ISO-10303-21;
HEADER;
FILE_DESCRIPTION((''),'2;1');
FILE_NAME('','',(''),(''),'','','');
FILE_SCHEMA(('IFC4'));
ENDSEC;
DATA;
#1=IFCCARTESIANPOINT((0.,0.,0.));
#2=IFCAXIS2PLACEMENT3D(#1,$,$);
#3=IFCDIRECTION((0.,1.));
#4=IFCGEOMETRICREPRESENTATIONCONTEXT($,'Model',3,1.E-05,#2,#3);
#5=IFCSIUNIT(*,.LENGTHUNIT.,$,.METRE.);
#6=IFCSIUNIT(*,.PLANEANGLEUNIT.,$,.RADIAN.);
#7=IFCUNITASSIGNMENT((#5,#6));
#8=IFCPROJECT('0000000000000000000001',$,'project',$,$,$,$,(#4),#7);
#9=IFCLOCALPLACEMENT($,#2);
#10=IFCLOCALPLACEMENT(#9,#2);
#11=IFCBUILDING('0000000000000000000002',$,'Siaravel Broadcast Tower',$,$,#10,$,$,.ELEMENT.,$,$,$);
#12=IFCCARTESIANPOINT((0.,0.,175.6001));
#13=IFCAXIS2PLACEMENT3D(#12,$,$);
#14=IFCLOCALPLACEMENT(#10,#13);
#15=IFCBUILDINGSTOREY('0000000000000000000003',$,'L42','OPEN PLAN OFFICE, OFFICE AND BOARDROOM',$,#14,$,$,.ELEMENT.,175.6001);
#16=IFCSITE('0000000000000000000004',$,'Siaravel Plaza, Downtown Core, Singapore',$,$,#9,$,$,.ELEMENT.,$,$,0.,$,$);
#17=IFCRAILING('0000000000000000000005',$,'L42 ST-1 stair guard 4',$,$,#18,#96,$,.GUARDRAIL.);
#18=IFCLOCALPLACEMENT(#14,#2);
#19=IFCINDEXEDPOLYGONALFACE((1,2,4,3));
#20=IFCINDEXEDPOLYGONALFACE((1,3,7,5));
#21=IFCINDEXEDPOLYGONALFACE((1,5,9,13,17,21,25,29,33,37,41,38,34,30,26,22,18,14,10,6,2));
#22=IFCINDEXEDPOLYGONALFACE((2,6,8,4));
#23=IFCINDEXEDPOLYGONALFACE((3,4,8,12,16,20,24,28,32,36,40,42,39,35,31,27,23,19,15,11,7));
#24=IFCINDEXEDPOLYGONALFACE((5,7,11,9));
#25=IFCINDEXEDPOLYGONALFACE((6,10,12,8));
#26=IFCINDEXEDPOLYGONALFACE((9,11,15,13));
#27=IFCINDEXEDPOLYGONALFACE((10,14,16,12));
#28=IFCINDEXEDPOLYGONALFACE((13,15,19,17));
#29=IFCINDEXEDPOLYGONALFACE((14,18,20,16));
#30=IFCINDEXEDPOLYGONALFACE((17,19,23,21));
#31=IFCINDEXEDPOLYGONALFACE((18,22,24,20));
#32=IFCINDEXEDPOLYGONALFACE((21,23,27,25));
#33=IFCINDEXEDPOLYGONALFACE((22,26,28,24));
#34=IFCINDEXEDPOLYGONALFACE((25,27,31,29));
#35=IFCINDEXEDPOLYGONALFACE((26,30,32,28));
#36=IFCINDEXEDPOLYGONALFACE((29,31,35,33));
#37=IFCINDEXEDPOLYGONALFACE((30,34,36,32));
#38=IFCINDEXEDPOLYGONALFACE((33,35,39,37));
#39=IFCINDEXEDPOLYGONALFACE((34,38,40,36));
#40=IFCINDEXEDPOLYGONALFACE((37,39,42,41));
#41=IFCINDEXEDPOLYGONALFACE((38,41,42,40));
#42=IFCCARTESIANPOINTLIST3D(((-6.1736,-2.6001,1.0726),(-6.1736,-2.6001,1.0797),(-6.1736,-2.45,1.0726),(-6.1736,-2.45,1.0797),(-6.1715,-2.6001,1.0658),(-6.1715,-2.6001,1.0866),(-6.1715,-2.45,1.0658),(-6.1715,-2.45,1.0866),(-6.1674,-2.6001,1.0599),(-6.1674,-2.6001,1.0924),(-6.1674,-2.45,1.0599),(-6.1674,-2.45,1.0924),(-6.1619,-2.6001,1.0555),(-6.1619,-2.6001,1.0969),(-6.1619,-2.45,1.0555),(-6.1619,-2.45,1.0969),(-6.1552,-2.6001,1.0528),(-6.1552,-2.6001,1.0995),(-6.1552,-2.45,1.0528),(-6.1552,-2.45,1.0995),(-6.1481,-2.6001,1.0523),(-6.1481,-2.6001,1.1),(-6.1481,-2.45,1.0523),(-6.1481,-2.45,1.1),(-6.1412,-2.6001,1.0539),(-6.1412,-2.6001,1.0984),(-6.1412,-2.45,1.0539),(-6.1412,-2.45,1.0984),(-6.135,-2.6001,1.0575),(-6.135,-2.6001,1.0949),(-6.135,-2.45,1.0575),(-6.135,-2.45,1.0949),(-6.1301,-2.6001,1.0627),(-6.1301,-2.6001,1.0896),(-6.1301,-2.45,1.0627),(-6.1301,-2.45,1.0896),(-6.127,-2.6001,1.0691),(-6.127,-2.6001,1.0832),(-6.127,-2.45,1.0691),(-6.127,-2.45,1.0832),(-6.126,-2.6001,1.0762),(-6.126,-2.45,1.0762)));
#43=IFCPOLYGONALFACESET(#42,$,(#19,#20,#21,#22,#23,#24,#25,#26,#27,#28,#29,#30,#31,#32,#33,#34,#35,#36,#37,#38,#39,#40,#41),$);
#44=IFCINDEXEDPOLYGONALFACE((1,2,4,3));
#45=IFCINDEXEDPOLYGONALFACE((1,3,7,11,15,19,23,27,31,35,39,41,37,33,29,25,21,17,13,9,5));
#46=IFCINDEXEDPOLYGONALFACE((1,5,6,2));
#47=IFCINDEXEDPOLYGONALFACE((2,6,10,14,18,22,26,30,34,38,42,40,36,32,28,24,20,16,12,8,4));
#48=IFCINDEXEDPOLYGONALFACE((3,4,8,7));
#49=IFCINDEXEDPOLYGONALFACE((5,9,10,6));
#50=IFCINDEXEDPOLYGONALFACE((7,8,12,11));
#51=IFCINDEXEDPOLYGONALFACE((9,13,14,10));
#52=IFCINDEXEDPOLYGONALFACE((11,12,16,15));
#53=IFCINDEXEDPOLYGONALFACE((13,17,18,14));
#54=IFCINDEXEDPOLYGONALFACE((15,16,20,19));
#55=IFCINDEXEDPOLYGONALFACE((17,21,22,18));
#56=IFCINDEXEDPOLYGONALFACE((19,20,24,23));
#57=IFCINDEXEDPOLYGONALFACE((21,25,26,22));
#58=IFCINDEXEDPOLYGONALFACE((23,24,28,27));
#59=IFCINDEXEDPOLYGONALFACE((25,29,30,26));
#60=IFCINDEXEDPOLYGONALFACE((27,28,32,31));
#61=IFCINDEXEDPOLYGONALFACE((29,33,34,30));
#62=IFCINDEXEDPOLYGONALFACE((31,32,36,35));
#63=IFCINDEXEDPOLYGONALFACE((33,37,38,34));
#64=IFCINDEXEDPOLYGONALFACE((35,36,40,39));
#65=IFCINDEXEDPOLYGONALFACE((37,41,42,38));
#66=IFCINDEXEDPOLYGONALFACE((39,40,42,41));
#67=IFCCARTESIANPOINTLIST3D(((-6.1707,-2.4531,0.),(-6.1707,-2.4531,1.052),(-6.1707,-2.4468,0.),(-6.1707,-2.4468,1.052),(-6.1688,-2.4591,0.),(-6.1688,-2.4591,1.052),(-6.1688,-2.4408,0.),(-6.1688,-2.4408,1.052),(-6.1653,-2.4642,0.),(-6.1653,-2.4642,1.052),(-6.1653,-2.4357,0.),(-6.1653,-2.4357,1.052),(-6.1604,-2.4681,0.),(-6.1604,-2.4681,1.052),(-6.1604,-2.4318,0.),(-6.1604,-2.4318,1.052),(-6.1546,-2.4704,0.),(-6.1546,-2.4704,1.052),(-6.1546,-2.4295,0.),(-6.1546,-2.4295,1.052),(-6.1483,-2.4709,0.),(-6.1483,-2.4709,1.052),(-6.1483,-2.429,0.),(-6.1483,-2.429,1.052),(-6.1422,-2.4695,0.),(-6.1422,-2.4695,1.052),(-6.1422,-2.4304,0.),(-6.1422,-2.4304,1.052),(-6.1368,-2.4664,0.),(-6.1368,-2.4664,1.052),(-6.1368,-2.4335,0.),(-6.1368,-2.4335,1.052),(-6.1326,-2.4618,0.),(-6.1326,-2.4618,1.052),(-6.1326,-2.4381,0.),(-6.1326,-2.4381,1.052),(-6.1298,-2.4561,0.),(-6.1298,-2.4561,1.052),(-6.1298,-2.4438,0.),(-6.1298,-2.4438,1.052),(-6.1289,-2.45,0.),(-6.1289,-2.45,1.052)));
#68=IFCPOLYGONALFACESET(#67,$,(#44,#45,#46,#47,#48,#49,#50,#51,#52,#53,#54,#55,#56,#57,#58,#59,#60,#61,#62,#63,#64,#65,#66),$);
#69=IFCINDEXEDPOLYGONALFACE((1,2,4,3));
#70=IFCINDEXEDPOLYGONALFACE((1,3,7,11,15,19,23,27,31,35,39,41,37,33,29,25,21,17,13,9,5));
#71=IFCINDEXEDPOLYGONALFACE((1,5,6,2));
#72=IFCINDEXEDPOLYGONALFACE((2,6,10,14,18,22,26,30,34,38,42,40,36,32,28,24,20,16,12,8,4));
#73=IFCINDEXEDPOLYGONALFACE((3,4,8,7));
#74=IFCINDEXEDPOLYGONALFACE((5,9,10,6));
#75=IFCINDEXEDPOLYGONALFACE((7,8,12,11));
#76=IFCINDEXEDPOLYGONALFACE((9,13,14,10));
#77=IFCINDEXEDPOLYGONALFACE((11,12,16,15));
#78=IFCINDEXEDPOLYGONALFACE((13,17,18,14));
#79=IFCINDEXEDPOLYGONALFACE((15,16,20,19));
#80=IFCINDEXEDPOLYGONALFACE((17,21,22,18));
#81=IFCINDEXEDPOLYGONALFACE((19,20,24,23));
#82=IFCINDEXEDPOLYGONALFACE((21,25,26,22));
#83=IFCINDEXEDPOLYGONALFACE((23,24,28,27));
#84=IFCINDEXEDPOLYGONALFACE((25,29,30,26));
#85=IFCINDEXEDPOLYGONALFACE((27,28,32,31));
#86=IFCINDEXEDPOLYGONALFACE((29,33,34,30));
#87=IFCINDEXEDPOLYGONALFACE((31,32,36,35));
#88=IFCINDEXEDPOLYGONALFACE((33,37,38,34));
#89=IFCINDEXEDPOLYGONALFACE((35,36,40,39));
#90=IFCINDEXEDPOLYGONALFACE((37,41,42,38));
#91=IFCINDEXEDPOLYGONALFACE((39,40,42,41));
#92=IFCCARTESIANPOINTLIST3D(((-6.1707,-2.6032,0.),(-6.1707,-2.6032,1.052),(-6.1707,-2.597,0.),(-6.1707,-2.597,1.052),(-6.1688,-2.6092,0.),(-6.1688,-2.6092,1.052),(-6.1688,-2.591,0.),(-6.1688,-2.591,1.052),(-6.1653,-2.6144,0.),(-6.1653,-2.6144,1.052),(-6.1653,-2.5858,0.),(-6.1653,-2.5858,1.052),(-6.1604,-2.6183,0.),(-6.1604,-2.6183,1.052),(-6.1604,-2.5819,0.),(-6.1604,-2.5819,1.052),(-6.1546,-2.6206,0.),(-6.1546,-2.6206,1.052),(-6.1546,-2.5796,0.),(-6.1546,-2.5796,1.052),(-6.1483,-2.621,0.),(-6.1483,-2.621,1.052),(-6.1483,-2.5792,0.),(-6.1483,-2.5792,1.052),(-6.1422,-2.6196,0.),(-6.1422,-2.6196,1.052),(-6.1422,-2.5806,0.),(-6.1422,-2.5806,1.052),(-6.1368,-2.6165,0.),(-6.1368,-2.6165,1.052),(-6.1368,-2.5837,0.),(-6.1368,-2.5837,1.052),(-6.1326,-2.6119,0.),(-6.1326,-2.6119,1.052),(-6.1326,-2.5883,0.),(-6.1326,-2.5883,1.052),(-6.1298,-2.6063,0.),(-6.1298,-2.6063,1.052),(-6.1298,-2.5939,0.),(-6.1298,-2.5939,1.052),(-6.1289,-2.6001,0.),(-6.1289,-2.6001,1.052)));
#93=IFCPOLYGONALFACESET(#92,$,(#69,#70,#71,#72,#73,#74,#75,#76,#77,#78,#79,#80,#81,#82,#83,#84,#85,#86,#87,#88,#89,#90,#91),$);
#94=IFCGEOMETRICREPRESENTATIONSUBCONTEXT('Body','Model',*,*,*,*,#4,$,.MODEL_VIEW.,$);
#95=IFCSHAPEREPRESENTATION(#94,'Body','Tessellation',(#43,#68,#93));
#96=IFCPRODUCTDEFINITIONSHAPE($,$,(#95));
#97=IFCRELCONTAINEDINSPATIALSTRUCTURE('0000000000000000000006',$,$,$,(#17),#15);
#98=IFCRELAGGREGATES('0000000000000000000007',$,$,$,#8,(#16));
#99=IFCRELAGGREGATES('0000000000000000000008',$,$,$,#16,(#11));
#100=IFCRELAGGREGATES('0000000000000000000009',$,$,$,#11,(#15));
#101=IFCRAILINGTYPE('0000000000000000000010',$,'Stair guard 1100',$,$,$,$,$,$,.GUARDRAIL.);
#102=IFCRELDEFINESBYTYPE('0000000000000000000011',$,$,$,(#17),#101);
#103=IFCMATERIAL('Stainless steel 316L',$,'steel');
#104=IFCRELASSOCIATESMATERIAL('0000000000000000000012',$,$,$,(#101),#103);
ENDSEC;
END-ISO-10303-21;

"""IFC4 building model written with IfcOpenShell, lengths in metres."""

from ifc_helpers import new_model, si_unit, direction, frame, origin, origin_2d, place, context, subcontext, project, spatial, circle, extrude, material, type_object, element, save


model = new_model("IFC4")

# Units and contexts
model_context = context("Model", 3, precision=1e-05, world=origin(), true_north=direction((0.0, 1.0)))
body_context = subcontext(model_context, "Body", "Model", "MODEL_VIEW")
ifc_project = project(units=[si_unit("LENGTHUNIT", "METRE"), si_unit("PLANEANGLEUNIT", "RADIAN")], contexts=[model_context])

# Site, building, storey
site_placement = place(None, origin())
site = spatial("IfcSite", under=ifc_project, at=site_placement, Name="Siaravel Plaza, Downtown Core, Singapore", CompositionType="ELEMENT", RefElevation=0.0)
building_placement = place(site_placement, origin())
building = spatial("IfcBuilding", under=site, at=building_placement, Name="Siaravel Broadcast Tower", CompositionType="ELEMENT")
storey_placement = place(building_placement, frame((0.0, 0.0, 175.6001)))
storey = spatial("IfcBuildingStorey", under=building, at=storey_placement, Name="L42", Description="OPEN PLAN OFFICE, OFFICE AND BOARDROOM", CompositionType="ELEMENT", Elevation=175.6001)

# Shared definitions
ifc_material_1 = material(Name="Stainless steel 316L", Category="steel")

# Railing
railing_type_1 = type_object("IfcRailingType", Name="Stair guard 1100", PredefinedType="GUARDRAIL", material=ifc_material_1)
railing_1_placement = place(storey_placement, frame((-6.1499, -2.45, 0.0)))
element("IfcRailing", 1, at=railing_1_placement, inside=storey, type_object=railing_type_1, Name="L42 ST-1 stair guard 4", PredefinedType="GUARDRAIL", context=body_context, shape_type="SweptSolid", body=[
    extrude(circle(Radius=0.0239, at=origin_2d()), frame((0.0, 0.0, 1.0762), z_axis=(0.0, -1.0, 0.0), x_axis=(1.0, 0.0, 0.0)), (0.0, 0.0, 1.0), 0.1501),
    extrude(circle(Radius=0.021, at=origin_2d()), origin(), (0.0, 0.0, 1.0), 1.052),
    extrude(circle(Radius=0.021, at=origin_2d()), frame((0.0, -0.1501, 0.0)), (0.0, 0.0, 1.0), 1.052),
])

save(model, "model.ifc")
